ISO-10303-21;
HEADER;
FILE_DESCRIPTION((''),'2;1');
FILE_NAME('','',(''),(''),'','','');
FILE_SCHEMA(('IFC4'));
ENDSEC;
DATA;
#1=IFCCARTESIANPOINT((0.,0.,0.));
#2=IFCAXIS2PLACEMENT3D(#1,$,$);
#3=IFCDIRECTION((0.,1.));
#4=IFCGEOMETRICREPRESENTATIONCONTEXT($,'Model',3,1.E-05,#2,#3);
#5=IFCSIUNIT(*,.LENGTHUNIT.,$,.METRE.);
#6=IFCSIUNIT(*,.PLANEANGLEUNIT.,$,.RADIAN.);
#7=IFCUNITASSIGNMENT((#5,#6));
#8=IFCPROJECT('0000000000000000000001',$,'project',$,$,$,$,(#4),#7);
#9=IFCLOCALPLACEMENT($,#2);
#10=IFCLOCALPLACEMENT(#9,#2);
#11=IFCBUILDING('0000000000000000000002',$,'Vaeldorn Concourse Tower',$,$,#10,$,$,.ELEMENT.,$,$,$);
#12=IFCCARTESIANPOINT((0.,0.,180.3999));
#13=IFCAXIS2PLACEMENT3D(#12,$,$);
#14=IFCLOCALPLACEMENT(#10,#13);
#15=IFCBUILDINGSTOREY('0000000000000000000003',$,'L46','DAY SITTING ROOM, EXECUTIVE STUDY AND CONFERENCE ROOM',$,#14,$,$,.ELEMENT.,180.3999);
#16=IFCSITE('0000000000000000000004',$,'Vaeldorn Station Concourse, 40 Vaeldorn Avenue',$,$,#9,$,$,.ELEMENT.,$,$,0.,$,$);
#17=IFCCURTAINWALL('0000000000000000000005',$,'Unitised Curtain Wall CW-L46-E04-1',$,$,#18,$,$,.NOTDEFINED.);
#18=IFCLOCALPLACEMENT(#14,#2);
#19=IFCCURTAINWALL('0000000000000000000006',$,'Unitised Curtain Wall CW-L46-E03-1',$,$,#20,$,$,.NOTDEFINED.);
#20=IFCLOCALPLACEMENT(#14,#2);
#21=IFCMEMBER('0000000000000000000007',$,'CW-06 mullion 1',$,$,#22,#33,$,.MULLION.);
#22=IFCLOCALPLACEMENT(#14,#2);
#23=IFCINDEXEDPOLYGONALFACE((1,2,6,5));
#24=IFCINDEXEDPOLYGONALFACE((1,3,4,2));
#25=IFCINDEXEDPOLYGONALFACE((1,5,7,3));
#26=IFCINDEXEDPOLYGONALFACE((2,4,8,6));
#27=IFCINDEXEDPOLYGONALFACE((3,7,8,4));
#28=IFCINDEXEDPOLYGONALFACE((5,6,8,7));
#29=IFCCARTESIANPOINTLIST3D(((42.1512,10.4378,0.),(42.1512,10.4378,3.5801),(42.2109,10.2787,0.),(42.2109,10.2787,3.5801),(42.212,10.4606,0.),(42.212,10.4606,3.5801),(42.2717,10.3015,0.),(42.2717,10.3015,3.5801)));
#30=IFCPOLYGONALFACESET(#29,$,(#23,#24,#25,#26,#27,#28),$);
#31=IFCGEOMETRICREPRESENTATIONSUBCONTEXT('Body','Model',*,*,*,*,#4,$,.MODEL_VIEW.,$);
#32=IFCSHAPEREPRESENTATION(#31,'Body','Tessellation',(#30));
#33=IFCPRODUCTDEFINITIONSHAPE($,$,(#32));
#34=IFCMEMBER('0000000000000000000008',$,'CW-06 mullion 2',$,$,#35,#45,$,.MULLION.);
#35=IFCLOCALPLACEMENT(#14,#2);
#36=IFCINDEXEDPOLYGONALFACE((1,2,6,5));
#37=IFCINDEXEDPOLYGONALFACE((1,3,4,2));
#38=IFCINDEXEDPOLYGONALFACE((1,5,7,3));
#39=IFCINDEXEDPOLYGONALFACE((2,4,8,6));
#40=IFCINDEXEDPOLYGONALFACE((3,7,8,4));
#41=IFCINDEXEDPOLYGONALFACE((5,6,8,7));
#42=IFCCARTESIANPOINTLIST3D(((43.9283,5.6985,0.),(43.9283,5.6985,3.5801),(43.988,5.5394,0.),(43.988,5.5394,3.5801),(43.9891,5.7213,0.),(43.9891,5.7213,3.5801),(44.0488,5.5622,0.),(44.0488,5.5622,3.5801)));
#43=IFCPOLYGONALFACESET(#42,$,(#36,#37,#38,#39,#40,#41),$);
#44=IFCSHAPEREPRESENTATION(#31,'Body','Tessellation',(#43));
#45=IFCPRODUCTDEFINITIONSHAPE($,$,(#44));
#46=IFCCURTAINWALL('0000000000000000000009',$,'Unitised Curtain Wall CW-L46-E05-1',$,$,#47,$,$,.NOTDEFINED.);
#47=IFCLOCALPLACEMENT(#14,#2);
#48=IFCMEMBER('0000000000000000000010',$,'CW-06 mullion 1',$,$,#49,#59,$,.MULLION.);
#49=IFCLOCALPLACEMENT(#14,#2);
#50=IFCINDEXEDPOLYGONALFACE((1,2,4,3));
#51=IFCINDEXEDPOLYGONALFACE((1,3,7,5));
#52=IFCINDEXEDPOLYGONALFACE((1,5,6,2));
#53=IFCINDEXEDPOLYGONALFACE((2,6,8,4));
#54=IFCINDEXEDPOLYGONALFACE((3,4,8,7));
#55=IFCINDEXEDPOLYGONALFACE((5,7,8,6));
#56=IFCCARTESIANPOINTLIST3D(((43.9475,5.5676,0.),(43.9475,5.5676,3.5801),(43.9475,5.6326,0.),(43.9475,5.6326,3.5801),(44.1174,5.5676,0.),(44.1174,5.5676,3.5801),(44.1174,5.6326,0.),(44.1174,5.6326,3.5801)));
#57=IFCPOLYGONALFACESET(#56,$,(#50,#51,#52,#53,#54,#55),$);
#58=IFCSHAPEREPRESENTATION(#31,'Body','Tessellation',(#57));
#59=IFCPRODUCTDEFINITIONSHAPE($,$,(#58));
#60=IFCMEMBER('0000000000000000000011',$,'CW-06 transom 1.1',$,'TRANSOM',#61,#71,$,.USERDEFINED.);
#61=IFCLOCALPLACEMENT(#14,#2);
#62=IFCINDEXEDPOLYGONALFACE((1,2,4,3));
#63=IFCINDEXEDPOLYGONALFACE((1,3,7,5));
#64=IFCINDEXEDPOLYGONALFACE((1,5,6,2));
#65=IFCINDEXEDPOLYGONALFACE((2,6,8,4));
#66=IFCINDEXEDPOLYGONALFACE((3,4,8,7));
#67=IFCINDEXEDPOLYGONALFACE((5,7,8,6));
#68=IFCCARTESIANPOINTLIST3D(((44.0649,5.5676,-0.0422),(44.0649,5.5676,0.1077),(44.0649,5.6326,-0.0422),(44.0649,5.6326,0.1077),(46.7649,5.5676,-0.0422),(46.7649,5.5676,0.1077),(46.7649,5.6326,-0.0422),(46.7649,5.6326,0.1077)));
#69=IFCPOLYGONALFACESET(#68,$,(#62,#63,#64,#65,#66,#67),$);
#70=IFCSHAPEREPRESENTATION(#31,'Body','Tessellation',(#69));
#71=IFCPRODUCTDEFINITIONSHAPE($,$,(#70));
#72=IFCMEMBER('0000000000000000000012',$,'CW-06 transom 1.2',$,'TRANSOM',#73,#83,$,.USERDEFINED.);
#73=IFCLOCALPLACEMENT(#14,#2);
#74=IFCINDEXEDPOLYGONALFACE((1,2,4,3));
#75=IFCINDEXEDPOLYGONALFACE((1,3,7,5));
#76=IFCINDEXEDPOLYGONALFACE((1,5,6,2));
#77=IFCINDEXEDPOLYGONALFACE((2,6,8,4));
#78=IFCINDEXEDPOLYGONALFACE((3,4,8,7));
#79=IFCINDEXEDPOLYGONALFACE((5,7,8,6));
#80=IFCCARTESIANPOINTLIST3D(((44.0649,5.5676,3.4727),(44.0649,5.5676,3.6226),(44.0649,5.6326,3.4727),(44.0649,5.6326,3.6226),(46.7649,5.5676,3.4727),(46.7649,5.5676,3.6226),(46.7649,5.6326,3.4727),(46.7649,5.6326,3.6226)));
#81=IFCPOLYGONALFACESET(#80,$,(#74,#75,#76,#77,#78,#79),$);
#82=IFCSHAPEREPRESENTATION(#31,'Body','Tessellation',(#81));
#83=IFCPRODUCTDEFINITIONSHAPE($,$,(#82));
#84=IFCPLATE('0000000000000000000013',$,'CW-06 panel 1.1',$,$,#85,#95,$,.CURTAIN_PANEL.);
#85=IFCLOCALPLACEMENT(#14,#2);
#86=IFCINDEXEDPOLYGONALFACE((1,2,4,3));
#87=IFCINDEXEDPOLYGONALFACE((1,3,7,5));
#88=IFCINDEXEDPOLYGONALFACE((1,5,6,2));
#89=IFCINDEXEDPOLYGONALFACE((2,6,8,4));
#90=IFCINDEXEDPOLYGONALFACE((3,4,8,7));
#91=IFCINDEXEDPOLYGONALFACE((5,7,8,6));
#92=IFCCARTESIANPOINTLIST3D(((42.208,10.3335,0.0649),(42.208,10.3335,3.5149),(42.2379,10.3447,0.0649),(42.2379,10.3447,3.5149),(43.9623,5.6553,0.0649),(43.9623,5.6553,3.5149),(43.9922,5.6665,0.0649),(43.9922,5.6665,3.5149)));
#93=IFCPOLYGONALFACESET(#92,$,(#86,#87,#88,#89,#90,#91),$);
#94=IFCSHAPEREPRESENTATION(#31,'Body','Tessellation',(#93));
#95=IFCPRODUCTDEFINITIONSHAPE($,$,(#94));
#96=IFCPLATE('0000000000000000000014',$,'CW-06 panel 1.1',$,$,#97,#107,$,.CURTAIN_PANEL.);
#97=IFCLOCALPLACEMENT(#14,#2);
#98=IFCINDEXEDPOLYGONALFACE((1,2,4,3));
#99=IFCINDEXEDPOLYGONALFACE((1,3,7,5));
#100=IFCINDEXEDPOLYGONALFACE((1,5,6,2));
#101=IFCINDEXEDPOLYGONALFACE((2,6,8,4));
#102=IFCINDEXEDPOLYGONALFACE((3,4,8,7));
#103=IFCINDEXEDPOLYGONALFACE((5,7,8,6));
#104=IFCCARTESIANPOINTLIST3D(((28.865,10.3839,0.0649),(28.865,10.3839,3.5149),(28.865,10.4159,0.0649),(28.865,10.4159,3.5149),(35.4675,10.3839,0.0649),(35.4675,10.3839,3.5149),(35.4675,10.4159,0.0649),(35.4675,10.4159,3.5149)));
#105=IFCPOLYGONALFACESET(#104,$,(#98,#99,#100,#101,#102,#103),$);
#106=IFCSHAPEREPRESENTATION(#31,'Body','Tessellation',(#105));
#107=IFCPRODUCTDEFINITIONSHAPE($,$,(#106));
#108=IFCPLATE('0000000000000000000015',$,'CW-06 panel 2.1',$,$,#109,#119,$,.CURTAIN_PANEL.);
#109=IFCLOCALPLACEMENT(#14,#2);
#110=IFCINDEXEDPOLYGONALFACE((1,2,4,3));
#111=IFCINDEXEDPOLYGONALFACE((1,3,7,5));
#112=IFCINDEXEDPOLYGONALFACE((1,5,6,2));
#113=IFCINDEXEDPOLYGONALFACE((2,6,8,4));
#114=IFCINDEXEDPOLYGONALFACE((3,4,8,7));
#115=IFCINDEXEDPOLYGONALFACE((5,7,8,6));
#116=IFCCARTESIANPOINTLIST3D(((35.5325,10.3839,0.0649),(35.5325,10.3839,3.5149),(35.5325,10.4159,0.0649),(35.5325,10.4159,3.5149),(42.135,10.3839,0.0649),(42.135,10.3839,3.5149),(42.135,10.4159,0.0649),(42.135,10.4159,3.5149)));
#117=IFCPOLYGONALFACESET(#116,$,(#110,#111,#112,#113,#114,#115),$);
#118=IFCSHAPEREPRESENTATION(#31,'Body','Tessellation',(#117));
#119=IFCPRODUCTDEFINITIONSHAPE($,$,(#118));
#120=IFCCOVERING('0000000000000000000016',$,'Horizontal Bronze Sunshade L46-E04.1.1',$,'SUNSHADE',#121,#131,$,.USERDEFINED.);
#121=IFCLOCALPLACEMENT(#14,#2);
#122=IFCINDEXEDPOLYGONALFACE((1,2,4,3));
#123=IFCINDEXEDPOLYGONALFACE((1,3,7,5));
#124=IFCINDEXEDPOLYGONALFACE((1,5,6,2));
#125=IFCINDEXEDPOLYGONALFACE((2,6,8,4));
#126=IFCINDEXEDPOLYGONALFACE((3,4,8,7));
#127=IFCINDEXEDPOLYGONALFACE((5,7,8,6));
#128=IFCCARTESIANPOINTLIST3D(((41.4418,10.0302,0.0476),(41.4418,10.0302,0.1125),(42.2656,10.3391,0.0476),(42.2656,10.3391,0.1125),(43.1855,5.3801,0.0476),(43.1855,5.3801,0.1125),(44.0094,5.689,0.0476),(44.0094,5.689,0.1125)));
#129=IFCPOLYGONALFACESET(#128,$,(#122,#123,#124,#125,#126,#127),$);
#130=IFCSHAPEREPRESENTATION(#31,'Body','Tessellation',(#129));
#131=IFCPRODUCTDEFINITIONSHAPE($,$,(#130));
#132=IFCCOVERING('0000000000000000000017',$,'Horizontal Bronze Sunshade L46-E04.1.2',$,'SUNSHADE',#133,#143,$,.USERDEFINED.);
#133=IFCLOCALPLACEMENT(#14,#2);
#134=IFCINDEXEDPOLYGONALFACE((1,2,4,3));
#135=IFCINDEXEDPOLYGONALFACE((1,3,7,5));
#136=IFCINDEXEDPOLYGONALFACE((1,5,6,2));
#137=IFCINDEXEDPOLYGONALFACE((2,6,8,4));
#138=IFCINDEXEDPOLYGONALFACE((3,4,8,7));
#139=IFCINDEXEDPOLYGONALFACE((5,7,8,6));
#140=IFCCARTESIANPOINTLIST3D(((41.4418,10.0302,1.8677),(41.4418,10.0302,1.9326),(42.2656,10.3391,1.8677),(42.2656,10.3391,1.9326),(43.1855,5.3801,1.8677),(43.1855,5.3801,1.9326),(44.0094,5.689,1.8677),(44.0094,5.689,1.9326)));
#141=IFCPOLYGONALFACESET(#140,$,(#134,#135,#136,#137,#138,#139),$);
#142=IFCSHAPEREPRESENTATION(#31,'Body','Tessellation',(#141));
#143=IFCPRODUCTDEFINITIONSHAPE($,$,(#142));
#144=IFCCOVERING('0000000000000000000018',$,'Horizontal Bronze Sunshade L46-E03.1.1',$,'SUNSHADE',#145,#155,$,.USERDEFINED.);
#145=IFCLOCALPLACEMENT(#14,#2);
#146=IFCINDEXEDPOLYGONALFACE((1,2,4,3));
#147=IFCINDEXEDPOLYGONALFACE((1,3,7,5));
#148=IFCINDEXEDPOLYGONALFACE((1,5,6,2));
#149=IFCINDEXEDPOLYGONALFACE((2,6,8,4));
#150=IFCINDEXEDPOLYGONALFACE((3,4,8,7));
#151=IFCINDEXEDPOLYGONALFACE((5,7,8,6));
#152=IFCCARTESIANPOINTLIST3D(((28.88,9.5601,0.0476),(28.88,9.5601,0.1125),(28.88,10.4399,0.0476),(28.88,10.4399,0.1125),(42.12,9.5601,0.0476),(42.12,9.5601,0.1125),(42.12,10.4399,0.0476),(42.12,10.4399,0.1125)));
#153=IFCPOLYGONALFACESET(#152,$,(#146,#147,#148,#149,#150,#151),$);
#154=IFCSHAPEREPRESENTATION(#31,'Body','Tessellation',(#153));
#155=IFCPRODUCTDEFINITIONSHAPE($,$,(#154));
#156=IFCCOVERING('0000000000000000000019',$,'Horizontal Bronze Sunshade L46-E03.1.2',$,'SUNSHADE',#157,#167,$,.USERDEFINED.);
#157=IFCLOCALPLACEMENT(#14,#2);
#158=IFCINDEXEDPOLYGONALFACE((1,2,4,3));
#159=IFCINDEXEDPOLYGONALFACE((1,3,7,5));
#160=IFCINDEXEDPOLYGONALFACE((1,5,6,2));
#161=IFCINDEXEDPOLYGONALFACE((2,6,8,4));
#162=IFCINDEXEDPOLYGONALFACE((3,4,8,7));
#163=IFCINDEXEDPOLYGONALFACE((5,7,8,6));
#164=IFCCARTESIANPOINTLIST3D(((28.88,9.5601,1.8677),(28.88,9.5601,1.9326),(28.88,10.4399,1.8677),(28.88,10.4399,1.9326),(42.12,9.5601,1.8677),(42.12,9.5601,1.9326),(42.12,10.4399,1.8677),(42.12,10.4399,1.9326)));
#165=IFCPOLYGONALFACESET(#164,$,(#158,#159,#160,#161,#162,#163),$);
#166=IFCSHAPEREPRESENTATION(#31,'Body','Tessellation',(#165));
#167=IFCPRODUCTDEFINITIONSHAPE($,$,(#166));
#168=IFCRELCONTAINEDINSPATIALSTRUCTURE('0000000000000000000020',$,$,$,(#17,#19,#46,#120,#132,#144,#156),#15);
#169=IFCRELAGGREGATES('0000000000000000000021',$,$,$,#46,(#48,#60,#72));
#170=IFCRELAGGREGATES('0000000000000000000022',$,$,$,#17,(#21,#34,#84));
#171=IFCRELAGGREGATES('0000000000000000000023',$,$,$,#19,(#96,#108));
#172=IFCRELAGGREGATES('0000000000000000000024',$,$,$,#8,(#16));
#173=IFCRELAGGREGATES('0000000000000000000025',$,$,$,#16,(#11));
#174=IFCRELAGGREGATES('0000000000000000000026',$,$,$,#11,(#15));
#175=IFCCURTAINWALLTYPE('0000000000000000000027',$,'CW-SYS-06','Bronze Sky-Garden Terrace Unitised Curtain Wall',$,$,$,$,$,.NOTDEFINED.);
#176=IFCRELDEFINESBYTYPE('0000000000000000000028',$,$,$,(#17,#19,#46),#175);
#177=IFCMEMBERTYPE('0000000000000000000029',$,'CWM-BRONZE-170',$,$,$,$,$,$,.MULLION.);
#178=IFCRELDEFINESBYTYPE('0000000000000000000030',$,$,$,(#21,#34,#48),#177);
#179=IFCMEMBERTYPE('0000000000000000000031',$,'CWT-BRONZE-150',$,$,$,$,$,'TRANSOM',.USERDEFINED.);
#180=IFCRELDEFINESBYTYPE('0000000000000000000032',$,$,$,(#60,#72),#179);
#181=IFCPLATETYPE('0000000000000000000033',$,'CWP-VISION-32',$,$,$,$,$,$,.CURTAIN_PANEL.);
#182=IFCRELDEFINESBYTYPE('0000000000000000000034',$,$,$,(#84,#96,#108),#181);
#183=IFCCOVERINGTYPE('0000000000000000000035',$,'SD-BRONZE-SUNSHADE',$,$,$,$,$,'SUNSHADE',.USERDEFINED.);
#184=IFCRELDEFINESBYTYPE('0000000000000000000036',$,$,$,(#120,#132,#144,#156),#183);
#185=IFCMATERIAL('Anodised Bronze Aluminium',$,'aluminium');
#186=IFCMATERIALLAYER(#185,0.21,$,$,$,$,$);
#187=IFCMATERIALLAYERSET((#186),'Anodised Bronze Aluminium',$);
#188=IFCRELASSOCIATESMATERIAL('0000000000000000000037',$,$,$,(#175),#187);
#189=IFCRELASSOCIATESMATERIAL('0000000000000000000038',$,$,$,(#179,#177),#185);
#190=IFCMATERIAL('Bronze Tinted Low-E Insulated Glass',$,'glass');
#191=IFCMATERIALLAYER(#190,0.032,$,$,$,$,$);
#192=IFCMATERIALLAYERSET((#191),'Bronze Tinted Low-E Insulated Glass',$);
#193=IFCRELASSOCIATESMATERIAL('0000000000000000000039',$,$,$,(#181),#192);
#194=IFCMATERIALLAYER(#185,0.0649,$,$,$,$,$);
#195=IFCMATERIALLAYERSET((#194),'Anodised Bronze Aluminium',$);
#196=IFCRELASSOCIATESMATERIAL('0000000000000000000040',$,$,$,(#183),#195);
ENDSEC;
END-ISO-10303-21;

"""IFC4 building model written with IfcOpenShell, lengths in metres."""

from ifc_helpers import new_model, si_unit, direction, frame, origin, origin_2d, place, context, subcontext, project, spatial, rectangle, extrude, source, transform, mapped, material, layer, layer_set, material_profile, profile_set, type_object, element, aggregate, save


model = new_model("IFC4")

# Units and contexts
model_context = context("Model", 3, precision=1e-05, world=origin(), true_north=direction((0.0, 1.0)))
body_context = subcontext(model_context, "Body", "Model", "MODEL_VIEW")
ifc_project = project(units=[si_unit("LENGTHUNIT", "METRE"), si_unit("PLANEANGLEUNIT", "RADIAN")], contexts=[model_context])

# Site, building, storey
site_placement = place(None, origin())
site = spatial("IfcSite", under=ifc_project, at=site_placement, Name="Vaeldorn Station Concourse, 40 Vaeldorn Avenue", CompositionType="ELEMENT", RefElevation=0.0)
building_placement = place(site_placement, origin())
building = spatial("IfcBuilding", under=site, at=building_placement, Name="Vaeldorn Concourse Tower", CompositionType="ELEMENT")
storey_placement = place(building_placement, frame((0.0, 0.0, 180.3999)))
storey = spatial("IfcBuildingStorey", under=building, at=storey_placement, Name="L46", Description="DAY SITTING ROOM, EXECUTIVE STUDY AND CONFERENCE ROOM", CompositionType="ELEMENT", Elevation=180.3999)

# Curtain walls
ifc_material_1 = material(Name="Anodised Bronze Aluminium", Category="aluminium")
ifc_layer_1 = layer(ifc_material_1, 0.21)
ifc_layer_set_1 = layer_set([ifc_layer_1], Name="Anodised Bronze Aluminium")
curtain_wall_type = type_object("IfcCurtainWallType", Name="CW-SYS-06", Description="Bronze Sky-Garden Terrace Unitised Curtain Wall", PredefinedType="NOTDEFINED", material=ifc_layer_set_1)
curtain_wall_1_placement = place(storey_placement, origin())
curtain_wall_1 = element("IfcCurtainWall", 1, at=curtain_wall_1_placement, inside=storey, type_object=curtain_wall_type, Name="Unitised Curtain Wall CW-L46-E04-1", PredefinedType="NOTDEFINED")
ifc_material_profile_1 = material_profile(ifc_material_1, rectangle(XDim=0.0649, YDim=0.1499, at=origin_2d()), Name="CWT 65x150")
ifc_profile_set_1 = profile_set([ifc_material_profile_1], Name="Anodised Bronze Aluminium")
member_type_1 = type_object("IfcMemberType", Name="CWT-BRONZE-150", ElementType="TRANSOM", PredefinedType="USERDEFINED", material=ifc_profile_set_1)
curtain_wall_2_placement = place(storey_placement, origin())
curtain_wall_2 = element("IfcCurtainWall", 2, at=curtain_wall_2_placement, inside=storey, type_object=curtain_wall_type, Name="Unitised Curtain Wall CW-L46-E03-1", PredefinedType="NOTDEFINED")
ifc_material_profile_2 = material_profile(ifc_material_1, rectangle(XDim=0.0649, YDim=0.1699, at=origin_2d()), Name="CWM 65x170")
ifc_profile_set_2 = profile_set([ifc_material_profile_2], Name="Anodised Bronze Aluminium")
member_type_2 = type_object("IfcMemberType", Name="CWM-BRONZE-170", PredefinedType="MULLION", material=ifc_profile_set_2)
shared_shape_1 = source(origin(), body_context, "Body", "SweptSolid", [
    extrude(rectangle(XDim=0.0649, YDim=0.1699, at=origin_2d()), origin(), (0.0, 0.0, 1.0), 3.5801),
])

# Members
member_1_placement = place(storey_placement, frame((42.2114, 10.3696, 0.0), z_axis=(0.0, 0.0, 1.0), x_axis=(0.936329, 0.351123, 0.0)))
member_1 = element("IfcMember", 3, at=member_1_placement, type_object=member_type_2, Name="CW-06 mullion 1", PredefinedType="MULLION", context=body_context, shape_type="MappedRepresentation", body=[
    mapped(shared_shape_1, transform((0.0, 0.0, 0.0), scale=1.0)),
])
member_2_placement = place(storey_placement, frame((43.9885, 5.6304, 0.0), z_axis=(0.0, 0.0, 1.0), x_axis=(0.936329, 0.351123, 0.0)))
member_2 = element("IfcMember", 4, at=member_2_placement, type_object=member_type_2, Name="CW-06 mullion 2", PredefinedType="MULLION", context=body_context, shape_type="MappedRepresentation", body=[
    mapped(shared_shape_1, transform((0.0, 0.0, 0.0), scale=1.0)),
])

# Curtain wall, members
curtain_wall_3_placement = place(storey_placement, origin())
curtain_wall_3 = element("IfcCurtainWall", 5, at=curtain_wall_3_placement, inside=storey, type_object=curtain_wall_type, Name="Unitised Curtain Wall CW-L46-E05-1", PredefinedType="NOTDEFINED")
member_3_placement = place(storey_placement, frame((44.0325, 5.6001, 0.0), z_axis=(0.0, 0.0, 1.0), x_axis=(0.0, 1.0, 0.0)))
member_3 = element("IfcMember", 6, at=member_3_placement, type_object=member_type_2, Name="CW-06 mullion 1", PredefinedType="MULLION", context=body_context, shape_type="MappedRepresentation", body=[
    mapped(shared_shape_1, transform((0.0, 0.0, 0.0), scale=1.0)),
])
shared_shape_2 = source(origin(), body_context, "Body", "SweptSolid", [
    extrude(rectangle(XDim=0.0649, YDim=0.1499, at=origin_2d()), origin(), (0.0, 0.0, 1.0), 2.7),
])
member_4_placement = place(storey_placement, frame((44.0649, 5.6001, 0.0327), z_axis=(1.0, 0.0, 0.0), x_axis=(0.0, 1.0, 0.0)))
member_4 = element("IfcMember", 7, at=member_4_placement, type_object=member_type_1, Name="CW-06 transom 1.1", ObjectType="TRANSOM", PredefinedType="USERDEFINED", context=body_context, shape_type="MappedRepresentation", body=[
    mapped(shared_shape_2, transform((0.0, 0.0, 0.0), scale=1.0)),
])
member_5_placement = place(storey_placement, frame((44.0649, 5.6001, 3.5476), z_axis=(1.0, 0.0, 0.0), x_axis=(0.0, 1.0, 0.0)))
member_5 = element("IfcMember", 8, at=member_5_placement, type_object=member_type_1, Name="CW-06 transom 1.2", ObjectType="TRANSOM", PredefinedType="USERDEFINED", context=body_context, shape_type="MappedRepresentation", body=[
    mapped(shared_shape_2, transform((0.0, 0.0, 0.0), scale=1.0)),
])
aggregate(curtain_wall_3, [member_3, member_4, member_5])

# Plates
ifc_material_2 = material(Name="Bronze Tinted Low-E Insulated Glass", Category="glass")
ifc_layer_2 = layer(ifc_material_2, 0.032)
ifc_layer_set_2 = layer_set([ifc_layer_2], Name="Bronze Tinted Low-E Insulated Glass")
plate_type = type_object("IfcPlateType", Name="CWP-VISION-32", PredefinedType="CURTAIN_PANEL", material=ifc_layer_set_2)
shared_shape_3 = source(origin(), body_context, "Body", "SweptSolid", [
    extrude(rectangle(XDim=4.9963, YDim=0.032, at=origin_2d()), origin(), (0.0, 0.0, 1.0), 3.45),
])
plate_1_placement = place(storey_placement, frame((43.1001, 8.0, 0.0649), z_axis=(0.0, 0.0, 1.0), x_axis=(0.351123, -0.936329, 0.0)))
plate_1 = element("IfcPlate", 9, at=plate_1_placement, type_object=plate_type, Name="CW-06 panel 1.1", PredefinedType="CURTAIN_PANEL", context=body_context, shape_type="MappedRepresentation", body=[
    mapped(shared_shape_3, transform((0.0, 0.0, 0.0), scale=1.0)),
])
aggregate(curtain_wall_1, [member_1, member_2, plate_1])
shared_shape_4 = source(origin(), body_context, "Body", "SweptSolid", [
    extrude(rectangle(XDim=6.6025, YDim=0.032, at=origin_2d()), origin(), (0.0, 0.0, 1.0), 3.45),
])
plate_2_placement = place(storey_placement, frame((32.1663, 10.3999, 0.0649), z_axis=(0.0, 0.0, 1.0), x_axis=(1.0, 0.0, 0.0)))
plate_2 = element("IfcPlate", 10, at=plate_2_placement, type_object=plate_type, Name="CW-06 panel 1.1", PredefinedType="CURTAIN_PANEL", context=body_context, shape_type="MappedRepresentation", body=[
    mapped(shared_shape_4, transform((0.0, 0.0, 0.0), scale=1.0)),
])
plate_3_placement = place(storey_placement, frame((38.8337, 10.3999, 0.0649), z_axis=(0.0, 0.0, 1.0), x_axis=(1.0, 0.0, 0.0)))
plate_3 = element("IfcPlate", 11, at=plate_3_placement, type_object=plate_type, Name="CW-06 panel 2.1", PredefinedType="CURTAIN_PANEL", context=body_context, shape_type="MappedRepresentation", body=[
    mapped(shared_shape_4, transform((0.0, 0.0, 0.0), scale=1.0)),
])
aggregate(curtain_wall_2, [plate_2, plate_3])

# Coverings
ifc_layer_3 = layer(ifc_material_1, 0.0649)
ifc_layer_set_3 = layer_set([ifc_layer_3], Name="Anodised Bronze Aluminium")
covering_type = type_object("IfcCoveringType", Name="SD-BRONZE-SUNSHADE", ElementType="SUNSHADE", PredefinedType="USERDEFINED", material=ifc_layer_set_3)
shared_shape_5 = source(origin(), body_context, "Body", "SweptSolid", [
    extrude(rectangle(XDim=4.9663, YDim=0.8799, at=origin_2d()), origin(), (0.0, 0.0, 1.0), 0.0649),
])
for number, where, z_axis, x_axis, name in (
    (12, (42.7256, 7.8596, 0.0476), (0.0, 0.0, 1.0), (0.351123, -0.936329, 0.0), "Horizontal Bronze Sunshade L46-E04.1.1"),
    (13, (42.7256, 7.8596, 1.8677), (0.0, 0.0, 1.0), (0.351123, -0.936329, 0.0), "Horizontal Bronze Sunshade L46-E04.1.2"),
):
    element("IfcCovering", number, at=place(storey_placement, frame(where, z_axis=z_axis, x_axis=x_axis)), inside=storey, type_object=covering_type, Name=name, ObjectType="SUNSHADE", PredefinedType="USERDEFINED", context=body_context, shape_type="MappedRepresentation", body=[
        mapped(shared_shape_5, transform((0.0, 0.0, 0.0), scale=1.0)),
    ])
shared_shape_6 = source(origin(), body_context, "Body", "SweptSolid", [
    extrude(rectangle(XDim=13.24, YDim=0.8799, at=origin_2d()), origin(), (0.0, 0.0, 1.0), 0.0649),
])
for number, where, z_axis, x_axis, name in (
    (14, (35.5, 10.0, 0.0476), (0.0, 0.0, 1.0), (1.0, 0.0, 0.0), "Horizontal Bronze Sunshade L46-E03.1.1"),
    (15, (35.5, 10.0, 1.8677), (0.0, 0.0, 1.0), (1.0, 0.0, 0.0), "Horizontal Bronze Sunshade L46-E03.1.2"),
):
    element("IfcCovering", number, at=place(storey_placement, frame(where, z_axis=z_axis, x_axis=x_axis)), inside=storey, type_object=covering_type, Name=name, ObjectType="SUNSHADE", PredefinedType="USERDEFINED", context=body_context, shape_type="MappedRepresentation", body=[
        mapped(shared_shape_6, transform((0.0, 0.0, 0.0), scale=1.0)),
    ])

save(model, "model.ifc")
